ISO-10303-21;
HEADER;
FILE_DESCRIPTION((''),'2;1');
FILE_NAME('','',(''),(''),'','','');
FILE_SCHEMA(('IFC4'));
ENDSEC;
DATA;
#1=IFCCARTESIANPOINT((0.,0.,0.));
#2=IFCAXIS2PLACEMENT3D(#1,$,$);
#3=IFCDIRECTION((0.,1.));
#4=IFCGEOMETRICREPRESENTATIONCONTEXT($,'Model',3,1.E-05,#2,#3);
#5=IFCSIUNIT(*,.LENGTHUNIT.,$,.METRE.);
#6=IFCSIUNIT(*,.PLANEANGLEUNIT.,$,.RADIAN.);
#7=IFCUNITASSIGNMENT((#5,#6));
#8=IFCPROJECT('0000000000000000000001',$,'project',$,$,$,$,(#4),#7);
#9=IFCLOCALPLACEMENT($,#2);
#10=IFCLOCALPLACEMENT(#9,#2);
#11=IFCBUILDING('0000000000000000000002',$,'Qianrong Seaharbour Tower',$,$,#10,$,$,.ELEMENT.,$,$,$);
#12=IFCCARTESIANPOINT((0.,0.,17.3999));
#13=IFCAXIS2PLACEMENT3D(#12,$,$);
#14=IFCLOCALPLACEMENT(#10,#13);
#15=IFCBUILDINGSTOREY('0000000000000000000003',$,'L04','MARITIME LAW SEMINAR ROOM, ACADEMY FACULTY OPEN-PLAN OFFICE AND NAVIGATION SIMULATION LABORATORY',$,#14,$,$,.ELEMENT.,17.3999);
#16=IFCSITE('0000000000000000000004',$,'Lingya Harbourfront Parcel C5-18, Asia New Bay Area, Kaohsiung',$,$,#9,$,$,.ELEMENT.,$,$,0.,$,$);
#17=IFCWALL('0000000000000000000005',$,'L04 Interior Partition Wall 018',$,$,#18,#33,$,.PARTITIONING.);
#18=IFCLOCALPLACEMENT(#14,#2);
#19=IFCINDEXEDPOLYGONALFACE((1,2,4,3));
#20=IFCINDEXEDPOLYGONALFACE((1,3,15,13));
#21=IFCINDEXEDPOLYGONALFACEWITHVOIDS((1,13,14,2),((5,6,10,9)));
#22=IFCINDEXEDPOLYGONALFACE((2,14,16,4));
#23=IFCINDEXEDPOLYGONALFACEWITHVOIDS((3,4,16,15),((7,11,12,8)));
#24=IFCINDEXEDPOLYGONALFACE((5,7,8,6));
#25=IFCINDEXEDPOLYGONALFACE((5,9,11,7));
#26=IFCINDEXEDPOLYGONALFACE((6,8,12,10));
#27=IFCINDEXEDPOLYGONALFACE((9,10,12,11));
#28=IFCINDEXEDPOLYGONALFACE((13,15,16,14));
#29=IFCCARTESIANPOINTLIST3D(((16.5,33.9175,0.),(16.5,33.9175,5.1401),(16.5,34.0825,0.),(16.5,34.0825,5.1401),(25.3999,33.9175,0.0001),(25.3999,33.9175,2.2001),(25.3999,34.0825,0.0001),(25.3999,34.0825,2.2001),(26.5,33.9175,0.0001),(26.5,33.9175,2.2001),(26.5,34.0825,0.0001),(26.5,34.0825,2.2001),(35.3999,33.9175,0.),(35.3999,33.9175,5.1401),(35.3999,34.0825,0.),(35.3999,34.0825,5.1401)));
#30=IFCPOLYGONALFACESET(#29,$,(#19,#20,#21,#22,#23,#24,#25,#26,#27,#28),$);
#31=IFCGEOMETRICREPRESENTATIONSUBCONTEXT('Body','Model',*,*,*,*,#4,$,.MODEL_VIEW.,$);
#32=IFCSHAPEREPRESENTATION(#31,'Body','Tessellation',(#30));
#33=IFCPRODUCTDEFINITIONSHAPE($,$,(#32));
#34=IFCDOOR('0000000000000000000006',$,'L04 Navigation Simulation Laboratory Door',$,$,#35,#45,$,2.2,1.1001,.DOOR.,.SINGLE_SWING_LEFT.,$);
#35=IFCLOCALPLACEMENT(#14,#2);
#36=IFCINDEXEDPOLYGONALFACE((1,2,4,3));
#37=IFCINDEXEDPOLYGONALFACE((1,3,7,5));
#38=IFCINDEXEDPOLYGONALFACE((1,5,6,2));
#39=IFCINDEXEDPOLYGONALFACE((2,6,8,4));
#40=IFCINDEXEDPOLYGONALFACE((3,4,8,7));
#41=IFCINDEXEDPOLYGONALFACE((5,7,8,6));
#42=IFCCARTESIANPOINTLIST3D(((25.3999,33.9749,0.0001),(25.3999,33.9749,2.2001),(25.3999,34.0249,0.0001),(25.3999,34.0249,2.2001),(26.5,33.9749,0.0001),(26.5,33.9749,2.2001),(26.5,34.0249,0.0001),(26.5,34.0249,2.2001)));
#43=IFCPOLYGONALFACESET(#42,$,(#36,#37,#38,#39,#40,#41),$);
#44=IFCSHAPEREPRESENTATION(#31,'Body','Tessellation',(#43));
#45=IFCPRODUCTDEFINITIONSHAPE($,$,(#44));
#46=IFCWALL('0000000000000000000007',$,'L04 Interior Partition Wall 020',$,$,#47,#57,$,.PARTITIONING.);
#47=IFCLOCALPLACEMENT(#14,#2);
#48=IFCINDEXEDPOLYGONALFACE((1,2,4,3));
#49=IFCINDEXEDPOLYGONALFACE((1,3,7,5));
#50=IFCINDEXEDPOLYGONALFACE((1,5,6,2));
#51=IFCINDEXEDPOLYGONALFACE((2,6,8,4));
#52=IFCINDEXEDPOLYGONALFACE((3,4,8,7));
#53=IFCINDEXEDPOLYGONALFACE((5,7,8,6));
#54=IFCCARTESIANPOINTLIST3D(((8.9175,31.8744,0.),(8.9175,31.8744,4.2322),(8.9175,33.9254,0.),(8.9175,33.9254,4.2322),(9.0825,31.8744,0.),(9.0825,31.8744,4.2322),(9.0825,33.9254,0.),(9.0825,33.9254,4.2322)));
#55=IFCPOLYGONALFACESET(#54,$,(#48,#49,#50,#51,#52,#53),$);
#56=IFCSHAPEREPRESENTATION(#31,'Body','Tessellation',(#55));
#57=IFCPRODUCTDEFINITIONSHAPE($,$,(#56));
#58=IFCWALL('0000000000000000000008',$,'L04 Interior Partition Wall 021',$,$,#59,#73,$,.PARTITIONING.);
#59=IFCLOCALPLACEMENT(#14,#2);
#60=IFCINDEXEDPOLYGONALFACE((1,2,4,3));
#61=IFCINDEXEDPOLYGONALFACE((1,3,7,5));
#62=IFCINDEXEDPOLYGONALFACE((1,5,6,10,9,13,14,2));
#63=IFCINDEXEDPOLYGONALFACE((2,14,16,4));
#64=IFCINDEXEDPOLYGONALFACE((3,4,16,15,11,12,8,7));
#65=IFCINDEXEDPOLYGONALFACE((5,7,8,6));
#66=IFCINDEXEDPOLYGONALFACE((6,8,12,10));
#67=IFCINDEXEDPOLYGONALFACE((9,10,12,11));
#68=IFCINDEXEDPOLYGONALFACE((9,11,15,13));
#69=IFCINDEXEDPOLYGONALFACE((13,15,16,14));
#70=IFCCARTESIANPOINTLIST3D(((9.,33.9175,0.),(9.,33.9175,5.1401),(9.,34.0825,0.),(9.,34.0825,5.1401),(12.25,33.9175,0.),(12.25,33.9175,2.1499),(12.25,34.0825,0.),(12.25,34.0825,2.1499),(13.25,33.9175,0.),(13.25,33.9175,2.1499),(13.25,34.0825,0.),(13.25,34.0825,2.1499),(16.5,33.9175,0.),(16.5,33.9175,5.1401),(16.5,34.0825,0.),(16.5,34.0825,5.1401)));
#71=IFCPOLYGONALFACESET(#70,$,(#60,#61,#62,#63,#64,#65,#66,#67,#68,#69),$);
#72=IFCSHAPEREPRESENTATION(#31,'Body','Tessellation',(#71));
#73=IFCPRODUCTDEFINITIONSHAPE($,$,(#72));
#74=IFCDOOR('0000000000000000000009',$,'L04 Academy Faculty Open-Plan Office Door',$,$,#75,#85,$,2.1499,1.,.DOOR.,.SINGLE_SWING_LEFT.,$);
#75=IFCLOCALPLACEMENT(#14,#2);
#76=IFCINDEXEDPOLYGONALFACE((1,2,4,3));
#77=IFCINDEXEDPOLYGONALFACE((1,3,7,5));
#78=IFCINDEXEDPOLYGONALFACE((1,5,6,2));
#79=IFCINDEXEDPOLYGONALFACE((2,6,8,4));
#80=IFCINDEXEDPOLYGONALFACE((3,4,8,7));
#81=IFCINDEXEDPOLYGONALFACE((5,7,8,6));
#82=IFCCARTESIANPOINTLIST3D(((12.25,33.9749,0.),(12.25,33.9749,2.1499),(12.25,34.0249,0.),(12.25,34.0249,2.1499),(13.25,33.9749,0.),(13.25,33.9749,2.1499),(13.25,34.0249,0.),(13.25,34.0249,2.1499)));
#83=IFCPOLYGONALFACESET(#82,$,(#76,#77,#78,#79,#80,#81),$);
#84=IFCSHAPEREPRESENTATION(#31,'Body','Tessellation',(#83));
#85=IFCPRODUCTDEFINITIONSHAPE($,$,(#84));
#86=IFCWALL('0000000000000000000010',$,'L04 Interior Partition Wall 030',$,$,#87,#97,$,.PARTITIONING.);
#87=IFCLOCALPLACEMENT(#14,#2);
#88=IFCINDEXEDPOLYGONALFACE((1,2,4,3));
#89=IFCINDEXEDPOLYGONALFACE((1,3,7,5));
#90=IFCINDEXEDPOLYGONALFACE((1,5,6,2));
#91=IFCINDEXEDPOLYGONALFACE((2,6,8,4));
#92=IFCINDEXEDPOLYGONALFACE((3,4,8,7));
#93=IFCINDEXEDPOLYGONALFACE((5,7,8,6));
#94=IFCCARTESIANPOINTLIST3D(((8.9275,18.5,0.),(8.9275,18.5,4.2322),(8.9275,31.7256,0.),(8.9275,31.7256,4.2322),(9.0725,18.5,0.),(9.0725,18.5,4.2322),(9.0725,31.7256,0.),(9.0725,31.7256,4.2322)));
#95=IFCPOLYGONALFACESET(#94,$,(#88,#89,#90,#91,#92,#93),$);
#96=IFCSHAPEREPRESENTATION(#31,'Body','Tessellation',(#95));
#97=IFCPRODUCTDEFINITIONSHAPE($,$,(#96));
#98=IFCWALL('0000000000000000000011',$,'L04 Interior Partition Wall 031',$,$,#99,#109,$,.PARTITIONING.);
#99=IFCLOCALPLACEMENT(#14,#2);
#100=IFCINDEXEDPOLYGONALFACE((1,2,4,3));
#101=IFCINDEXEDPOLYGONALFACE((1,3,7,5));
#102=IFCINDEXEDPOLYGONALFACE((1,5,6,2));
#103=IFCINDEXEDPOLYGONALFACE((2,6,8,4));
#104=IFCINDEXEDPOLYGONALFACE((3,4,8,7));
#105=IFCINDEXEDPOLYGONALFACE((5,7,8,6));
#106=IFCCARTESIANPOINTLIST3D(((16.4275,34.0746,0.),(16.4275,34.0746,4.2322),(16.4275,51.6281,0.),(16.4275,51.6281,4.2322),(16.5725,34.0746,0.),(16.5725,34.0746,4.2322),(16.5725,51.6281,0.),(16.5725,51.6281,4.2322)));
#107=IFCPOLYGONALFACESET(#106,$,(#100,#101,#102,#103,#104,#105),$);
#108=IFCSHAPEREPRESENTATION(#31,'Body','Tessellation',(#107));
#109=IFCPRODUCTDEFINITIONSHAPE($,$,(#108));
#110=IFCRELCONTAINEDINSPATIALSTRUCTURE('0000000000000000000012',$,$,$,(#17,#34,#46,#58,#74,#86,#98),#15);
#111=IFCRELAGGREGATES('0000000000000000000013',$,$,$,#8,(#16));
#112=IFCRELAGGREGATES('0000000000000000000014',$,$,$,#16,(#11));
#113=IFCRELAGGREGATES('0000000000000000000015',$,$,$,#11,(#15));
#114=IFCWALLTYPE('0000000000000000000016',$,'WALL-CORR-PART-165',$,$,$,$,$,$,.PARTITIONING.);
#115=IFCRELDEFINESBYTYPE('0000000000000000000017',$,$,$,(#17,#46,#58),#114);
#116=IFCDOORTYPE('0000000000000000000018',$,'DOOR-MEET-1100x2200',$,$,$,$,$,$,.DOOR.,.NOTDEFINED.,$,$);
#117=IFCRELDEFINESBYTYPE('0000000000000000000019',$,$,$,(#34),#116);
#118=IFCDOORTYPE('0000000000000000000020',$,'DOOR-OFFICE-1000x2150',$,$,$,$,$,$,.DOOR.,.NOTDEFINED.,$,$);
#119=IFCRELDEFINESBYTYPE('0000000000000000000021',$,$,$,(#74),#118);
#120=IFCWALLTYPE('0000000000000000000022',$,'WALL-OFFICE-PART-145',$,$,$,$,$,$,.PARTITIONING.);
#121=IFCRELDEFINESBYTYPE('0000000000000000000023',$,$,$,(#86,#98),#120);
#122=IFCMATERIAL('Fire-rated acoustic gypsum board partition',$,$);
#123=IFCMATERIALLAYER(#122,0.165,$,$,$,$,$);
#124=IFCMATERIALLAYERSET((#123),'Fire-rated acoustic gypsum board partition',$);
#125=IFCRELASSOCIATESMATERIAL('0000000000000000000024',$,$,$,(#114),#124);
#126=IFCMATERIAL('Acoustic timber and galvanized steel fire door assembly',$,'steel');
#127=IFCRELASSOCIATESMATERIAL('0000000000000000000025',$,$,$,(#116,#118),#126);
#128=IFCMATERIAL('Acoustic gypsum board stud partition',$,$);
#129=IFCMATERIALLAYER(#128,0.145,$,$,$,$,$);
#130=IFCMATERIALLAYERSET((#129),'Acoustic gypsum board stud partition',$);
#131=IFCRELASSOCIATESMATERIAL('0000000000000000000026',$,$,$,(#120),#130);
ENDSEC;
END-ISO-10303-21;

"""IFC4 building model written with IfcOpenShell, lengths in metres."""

from ifc_helpers import new_model, si_unit, direction, frame, frame_2d, origin, place, context, subcontext, project, spatial, rectangle, extrude, material, layer, layer_set, type_object, element, fill, save


model = new_model("IFC4")

# Units and contexts
model_context = context("Model", 3, precision=1e-05, world=origin(), true_north=direction((0.0, 1.0)))
body_context = subcontext(model_context, "Body", "Model", "MODEL_VIEW")
ifc_project = project(units=[si_unit("LENGTHUNIT", "METRE"), si_unit("PLANEANGLEUNIT", "RADIAN")], contexts=[model_context])

# Site, building, storey
site_placement = place(None, origin())
site = spatial("IfcSite", under=ifc_project, at=site_placement, Name="Lingya Harbourfront Parcel C5-18, Asia New Bay Area, Kaohsiung", CompositionType="ELEMENT", RefElevation=0.0)
building_placement = place(site_placement, origin())
building = spatial("IfcBuilding", under=site, at=building_placement, Name="Qianrong Seaharbour Tower", CompositionType="ELEMENT")
storey_placement = place(building_placement, frame((0.0, 0.0, 17.3999)))
storey = spatial("IfcBuildingStorey", under=building, at=storey_placement, Name="L04", Description="MARITIME LAW SEMINAR ROOM, ACADEMY FACULTY OPEN-PLAN OFFICE AND NAVIGATION SIMULATION LABORATORY", CompositionType="ELEMENT", Elevation=17.3999)

# Wall, opening, door
ifc_material_1 = material(Name="Fire-rated acoustic gypsum board partition")
ifc_layer_1 = layer(ifc_material_1, 0.165)
ifc_layer_set_1 = layer_set([ifc_layer_1], Name="Fire-rated acoustic gypsum board partition")
wall_type_1 = type_object("IfcWallType", Name="WALL-CORR-PART-165", PredefinedType="PARTITIONING", material=ifc_layer_set_1)
wall_1_placement = place(storey_placement, frame((16.5, 34.0, 0.0), z_axis=(0.0, 0.0, 1.0), x_axis=(1.0, 0.0, 0.0)))
wall_1 = element("IfcWall", 1, at=wall_1_placement, inside=storey, type_object=wall_type_1, Name="L04 Interior Partition Wall 018", PredefinedType="PARTITIONING", context=body_context, shape_type="SweptSolid", body=[
    extrude(rectangle(XDim=18.8999, YDim=0.165, at=frame_2d((9.45, 0.0))), origin(), (0.0, 0.0, 1.0), 5.1401),
])
opening_1_placement = place(wall_1_placement, frame((8.8999, 0.0, 0.0)))
opening_1 = element("IfcOpeningElement", 2, at=opening_1_placement, cuts=wall_1, PredefinedType="OPENING", context=body_context, shape_type="SweptSolid", body=[
    extrude(rectangle(XDim=1.1001, YDim=2.2, at=frame_2d((0.55, 1.1001))), frame((0.0, 0.0925, 0.0), z_axis=(0.0, -1.0, 0.0), x_axis=(1.0, 0.0, 0.0)), (0.0, 0.0, 1.0), 0.1851),
])
ifc_material_2 = material(Name="Acoustic timber and galvanized steel fire door assembly", Category="steel")
door_type_1 = type_object("IfcDoorType", Name="DOOR-MEET-1100x2200", OperationType="NOTDEFINED", PredefinedType="DOOR", material=ifc_material_2)
door_1_placement = place(opening_1_placement, origin())
door_1 = element("IfcDoor", 3, at=door_1_placement, inside=storey, type_object=door_type_1, Name="L04 Navigation Simulation Laboratory Door", OperationType="SINGLE_SWING_LEFT", OverallHeight=2.2, OverallWidth=1.1001, PredefinedType="DOOR", context=body_context, shape_type="SweptSolid", body=[
    extrude(rectangle(XDim=1.1001, YDim=2.2, at=frame_2d((0.55, 1.1001))), frame((0.0, 0.0249, 0.0), z_axis=(0.0, -1.0, 0.0), x_axis=(1.0, 0.0, 0.0)), (0.0, 0.0, 1.0), 0.05),
])
fill(opening_1, door_1)

# Wall
wall_2_placement = place(storey_placement, frame((9.0, 31.8745, 0.0), z_axis=(0.0, 0.0, 1.0), x_axis=(0.0, 1.0, 0.0)))
element("IfcWall", 4, at=wall_2_placement, inside=storey, type_object=wall_type_1, Name="L04 Interior Partition Wall 020", PredefinedType="PARTITIONING", context=body_context, shape_type="SweptSolid", body=[
    extrude(rectangle(XDim=2.051, YDim=0.165, at=frame_2d((1.0254, 0.0))), origin(), (0.0, 0.0, 1.0), 4.2322),
])

# Wall, opening, door
wall_3_placement = place(storey_placement, frame((9.0, 34.0, 0.0), z_axis=(0.0, 0.0, 1.0), x_axis=(1.0, 0.0, 0.0)))
wall_3 = element("IfcWall", 5, at=wall_3_placement, inside=storey, type_object=wall_type_1, Name="L04 Interior Partition Wall 021", PredefinedType="PARTITIONING", context=body_context, shape_type="SweptSolid", body=[
    extrude(rectangle(XDim=7.5, YDim=0.165, at=frame_2d((3.75, 0.0))), origin(), (0.0, 0.0, 1.0), 5.1401),
])
opening_2_placement = place(wall_3_placement, frame((3.25, 0.0, 0.0)))
opening_2 = element("IfcOpeningElement", 6, at=opening_2_placement, cuts=wall_3, PredefinedType="OPENING", context=body_context, shape_type="SweptSolid", body=[
    extrude(rectangle(XDim=1.0, YDim=2.1499, at=frame_2d((0.5, 1.075))), frame((0.0, 0.0925, 0.0), z_axis=(0.0, -1.0, 0.0), x_axis=(1.0, 0.0, 0.0)), (0.0, 0.0, 1.0), 0.1851),
])
door_type_2 = type_object("IfcDoorType", Name="DOOR-OFFICE-1000x2150", OperationType="NOTDEFINED", PredefinedType="DOOR", material=ifc_material_2)
door_2_placement = place(opening_2_placement, origin())
door_2 = element("IfcDoor", 7, at=door_2_placement, inside=storey, type_object=door_type_2, Name="L04 Academy Faculty Open-Plan Office Door", OperationType="SINGLE_SWING_LEFT", OverallHeight=2.1499, OverallWidth=1.0, PredefinedType="DOOR", context=body_context, shape_type="SweptSolid", body=[
    extrude(rectangle(XDim=1.0, YDim=2.1499, at=frame_2d((0.5, 1.075))), frame((0.0, 0.0249, 0.0), z_axis=(0.0, -1.0, 0.0), x_axis=(1.0, 0.0, 0.0)), (0.0, 0.0, 1.0), 0.05),
])
fill(opening_2, door_2)

# Walls
ifc_material_3 = material(Name="Acoustic gypsum board stud partition")
ifc_layer_2 = layer(ifc_material_3, 0.145)
ifc_layer_set_2 = layer_set([ifc_layer_2], Name="Acoustic gypsum board stud partition")
wall_type_2 = type_object("IfcWallType", Name="WALL-OFFICE-PART-145", PredefinedType="PARTITIONING", material=ifc_layer_set_2)
wall_4_placement = place(storey_placement, frame((9.0, 18.5, 0.0), z_axis=(0.0, 0.0, 1.0), x_axis=(0.0, 1.0, 0.0)))
element("IfcWall", 8, at=wall_4_placement, inside=storey, type_object=wall_type_2, Name="L04 Interior Partition Wall 030", PredefinedType="PARTITIONING", context=body_context, shape_type="SweptSolid", body=[
    extrude(rectangle(XDim=13.2256, YDim=0.145, at=frame_2d((6.6128, 0.0))), origin(), (0.0, 0.0, 1.0), 4.2322),
])
wall_5_placement = place(storey_placement, frame((16.5, 34.0745, 0.0), z_axis=(0.0, 0.0, 1.0), x_axis=(0.0, 1.0, 0.0)))
element("IfcWall", 9, at=wall_5_placement, inside=storey, type_object=wall_type_2, Name="L04 Interior Partition Wall 031", PredefinedType="PARTITIONING", context=body_context, shape_type="SweptSolid", body=[
    extrude(rectangle(XDim=17.5535, YDim=0.145, at=frame_2d((8.7769, 0.0))), origin(), (0.0, 0.0, 1.0), 4.2322),
])

save(model, "model.ifc")
